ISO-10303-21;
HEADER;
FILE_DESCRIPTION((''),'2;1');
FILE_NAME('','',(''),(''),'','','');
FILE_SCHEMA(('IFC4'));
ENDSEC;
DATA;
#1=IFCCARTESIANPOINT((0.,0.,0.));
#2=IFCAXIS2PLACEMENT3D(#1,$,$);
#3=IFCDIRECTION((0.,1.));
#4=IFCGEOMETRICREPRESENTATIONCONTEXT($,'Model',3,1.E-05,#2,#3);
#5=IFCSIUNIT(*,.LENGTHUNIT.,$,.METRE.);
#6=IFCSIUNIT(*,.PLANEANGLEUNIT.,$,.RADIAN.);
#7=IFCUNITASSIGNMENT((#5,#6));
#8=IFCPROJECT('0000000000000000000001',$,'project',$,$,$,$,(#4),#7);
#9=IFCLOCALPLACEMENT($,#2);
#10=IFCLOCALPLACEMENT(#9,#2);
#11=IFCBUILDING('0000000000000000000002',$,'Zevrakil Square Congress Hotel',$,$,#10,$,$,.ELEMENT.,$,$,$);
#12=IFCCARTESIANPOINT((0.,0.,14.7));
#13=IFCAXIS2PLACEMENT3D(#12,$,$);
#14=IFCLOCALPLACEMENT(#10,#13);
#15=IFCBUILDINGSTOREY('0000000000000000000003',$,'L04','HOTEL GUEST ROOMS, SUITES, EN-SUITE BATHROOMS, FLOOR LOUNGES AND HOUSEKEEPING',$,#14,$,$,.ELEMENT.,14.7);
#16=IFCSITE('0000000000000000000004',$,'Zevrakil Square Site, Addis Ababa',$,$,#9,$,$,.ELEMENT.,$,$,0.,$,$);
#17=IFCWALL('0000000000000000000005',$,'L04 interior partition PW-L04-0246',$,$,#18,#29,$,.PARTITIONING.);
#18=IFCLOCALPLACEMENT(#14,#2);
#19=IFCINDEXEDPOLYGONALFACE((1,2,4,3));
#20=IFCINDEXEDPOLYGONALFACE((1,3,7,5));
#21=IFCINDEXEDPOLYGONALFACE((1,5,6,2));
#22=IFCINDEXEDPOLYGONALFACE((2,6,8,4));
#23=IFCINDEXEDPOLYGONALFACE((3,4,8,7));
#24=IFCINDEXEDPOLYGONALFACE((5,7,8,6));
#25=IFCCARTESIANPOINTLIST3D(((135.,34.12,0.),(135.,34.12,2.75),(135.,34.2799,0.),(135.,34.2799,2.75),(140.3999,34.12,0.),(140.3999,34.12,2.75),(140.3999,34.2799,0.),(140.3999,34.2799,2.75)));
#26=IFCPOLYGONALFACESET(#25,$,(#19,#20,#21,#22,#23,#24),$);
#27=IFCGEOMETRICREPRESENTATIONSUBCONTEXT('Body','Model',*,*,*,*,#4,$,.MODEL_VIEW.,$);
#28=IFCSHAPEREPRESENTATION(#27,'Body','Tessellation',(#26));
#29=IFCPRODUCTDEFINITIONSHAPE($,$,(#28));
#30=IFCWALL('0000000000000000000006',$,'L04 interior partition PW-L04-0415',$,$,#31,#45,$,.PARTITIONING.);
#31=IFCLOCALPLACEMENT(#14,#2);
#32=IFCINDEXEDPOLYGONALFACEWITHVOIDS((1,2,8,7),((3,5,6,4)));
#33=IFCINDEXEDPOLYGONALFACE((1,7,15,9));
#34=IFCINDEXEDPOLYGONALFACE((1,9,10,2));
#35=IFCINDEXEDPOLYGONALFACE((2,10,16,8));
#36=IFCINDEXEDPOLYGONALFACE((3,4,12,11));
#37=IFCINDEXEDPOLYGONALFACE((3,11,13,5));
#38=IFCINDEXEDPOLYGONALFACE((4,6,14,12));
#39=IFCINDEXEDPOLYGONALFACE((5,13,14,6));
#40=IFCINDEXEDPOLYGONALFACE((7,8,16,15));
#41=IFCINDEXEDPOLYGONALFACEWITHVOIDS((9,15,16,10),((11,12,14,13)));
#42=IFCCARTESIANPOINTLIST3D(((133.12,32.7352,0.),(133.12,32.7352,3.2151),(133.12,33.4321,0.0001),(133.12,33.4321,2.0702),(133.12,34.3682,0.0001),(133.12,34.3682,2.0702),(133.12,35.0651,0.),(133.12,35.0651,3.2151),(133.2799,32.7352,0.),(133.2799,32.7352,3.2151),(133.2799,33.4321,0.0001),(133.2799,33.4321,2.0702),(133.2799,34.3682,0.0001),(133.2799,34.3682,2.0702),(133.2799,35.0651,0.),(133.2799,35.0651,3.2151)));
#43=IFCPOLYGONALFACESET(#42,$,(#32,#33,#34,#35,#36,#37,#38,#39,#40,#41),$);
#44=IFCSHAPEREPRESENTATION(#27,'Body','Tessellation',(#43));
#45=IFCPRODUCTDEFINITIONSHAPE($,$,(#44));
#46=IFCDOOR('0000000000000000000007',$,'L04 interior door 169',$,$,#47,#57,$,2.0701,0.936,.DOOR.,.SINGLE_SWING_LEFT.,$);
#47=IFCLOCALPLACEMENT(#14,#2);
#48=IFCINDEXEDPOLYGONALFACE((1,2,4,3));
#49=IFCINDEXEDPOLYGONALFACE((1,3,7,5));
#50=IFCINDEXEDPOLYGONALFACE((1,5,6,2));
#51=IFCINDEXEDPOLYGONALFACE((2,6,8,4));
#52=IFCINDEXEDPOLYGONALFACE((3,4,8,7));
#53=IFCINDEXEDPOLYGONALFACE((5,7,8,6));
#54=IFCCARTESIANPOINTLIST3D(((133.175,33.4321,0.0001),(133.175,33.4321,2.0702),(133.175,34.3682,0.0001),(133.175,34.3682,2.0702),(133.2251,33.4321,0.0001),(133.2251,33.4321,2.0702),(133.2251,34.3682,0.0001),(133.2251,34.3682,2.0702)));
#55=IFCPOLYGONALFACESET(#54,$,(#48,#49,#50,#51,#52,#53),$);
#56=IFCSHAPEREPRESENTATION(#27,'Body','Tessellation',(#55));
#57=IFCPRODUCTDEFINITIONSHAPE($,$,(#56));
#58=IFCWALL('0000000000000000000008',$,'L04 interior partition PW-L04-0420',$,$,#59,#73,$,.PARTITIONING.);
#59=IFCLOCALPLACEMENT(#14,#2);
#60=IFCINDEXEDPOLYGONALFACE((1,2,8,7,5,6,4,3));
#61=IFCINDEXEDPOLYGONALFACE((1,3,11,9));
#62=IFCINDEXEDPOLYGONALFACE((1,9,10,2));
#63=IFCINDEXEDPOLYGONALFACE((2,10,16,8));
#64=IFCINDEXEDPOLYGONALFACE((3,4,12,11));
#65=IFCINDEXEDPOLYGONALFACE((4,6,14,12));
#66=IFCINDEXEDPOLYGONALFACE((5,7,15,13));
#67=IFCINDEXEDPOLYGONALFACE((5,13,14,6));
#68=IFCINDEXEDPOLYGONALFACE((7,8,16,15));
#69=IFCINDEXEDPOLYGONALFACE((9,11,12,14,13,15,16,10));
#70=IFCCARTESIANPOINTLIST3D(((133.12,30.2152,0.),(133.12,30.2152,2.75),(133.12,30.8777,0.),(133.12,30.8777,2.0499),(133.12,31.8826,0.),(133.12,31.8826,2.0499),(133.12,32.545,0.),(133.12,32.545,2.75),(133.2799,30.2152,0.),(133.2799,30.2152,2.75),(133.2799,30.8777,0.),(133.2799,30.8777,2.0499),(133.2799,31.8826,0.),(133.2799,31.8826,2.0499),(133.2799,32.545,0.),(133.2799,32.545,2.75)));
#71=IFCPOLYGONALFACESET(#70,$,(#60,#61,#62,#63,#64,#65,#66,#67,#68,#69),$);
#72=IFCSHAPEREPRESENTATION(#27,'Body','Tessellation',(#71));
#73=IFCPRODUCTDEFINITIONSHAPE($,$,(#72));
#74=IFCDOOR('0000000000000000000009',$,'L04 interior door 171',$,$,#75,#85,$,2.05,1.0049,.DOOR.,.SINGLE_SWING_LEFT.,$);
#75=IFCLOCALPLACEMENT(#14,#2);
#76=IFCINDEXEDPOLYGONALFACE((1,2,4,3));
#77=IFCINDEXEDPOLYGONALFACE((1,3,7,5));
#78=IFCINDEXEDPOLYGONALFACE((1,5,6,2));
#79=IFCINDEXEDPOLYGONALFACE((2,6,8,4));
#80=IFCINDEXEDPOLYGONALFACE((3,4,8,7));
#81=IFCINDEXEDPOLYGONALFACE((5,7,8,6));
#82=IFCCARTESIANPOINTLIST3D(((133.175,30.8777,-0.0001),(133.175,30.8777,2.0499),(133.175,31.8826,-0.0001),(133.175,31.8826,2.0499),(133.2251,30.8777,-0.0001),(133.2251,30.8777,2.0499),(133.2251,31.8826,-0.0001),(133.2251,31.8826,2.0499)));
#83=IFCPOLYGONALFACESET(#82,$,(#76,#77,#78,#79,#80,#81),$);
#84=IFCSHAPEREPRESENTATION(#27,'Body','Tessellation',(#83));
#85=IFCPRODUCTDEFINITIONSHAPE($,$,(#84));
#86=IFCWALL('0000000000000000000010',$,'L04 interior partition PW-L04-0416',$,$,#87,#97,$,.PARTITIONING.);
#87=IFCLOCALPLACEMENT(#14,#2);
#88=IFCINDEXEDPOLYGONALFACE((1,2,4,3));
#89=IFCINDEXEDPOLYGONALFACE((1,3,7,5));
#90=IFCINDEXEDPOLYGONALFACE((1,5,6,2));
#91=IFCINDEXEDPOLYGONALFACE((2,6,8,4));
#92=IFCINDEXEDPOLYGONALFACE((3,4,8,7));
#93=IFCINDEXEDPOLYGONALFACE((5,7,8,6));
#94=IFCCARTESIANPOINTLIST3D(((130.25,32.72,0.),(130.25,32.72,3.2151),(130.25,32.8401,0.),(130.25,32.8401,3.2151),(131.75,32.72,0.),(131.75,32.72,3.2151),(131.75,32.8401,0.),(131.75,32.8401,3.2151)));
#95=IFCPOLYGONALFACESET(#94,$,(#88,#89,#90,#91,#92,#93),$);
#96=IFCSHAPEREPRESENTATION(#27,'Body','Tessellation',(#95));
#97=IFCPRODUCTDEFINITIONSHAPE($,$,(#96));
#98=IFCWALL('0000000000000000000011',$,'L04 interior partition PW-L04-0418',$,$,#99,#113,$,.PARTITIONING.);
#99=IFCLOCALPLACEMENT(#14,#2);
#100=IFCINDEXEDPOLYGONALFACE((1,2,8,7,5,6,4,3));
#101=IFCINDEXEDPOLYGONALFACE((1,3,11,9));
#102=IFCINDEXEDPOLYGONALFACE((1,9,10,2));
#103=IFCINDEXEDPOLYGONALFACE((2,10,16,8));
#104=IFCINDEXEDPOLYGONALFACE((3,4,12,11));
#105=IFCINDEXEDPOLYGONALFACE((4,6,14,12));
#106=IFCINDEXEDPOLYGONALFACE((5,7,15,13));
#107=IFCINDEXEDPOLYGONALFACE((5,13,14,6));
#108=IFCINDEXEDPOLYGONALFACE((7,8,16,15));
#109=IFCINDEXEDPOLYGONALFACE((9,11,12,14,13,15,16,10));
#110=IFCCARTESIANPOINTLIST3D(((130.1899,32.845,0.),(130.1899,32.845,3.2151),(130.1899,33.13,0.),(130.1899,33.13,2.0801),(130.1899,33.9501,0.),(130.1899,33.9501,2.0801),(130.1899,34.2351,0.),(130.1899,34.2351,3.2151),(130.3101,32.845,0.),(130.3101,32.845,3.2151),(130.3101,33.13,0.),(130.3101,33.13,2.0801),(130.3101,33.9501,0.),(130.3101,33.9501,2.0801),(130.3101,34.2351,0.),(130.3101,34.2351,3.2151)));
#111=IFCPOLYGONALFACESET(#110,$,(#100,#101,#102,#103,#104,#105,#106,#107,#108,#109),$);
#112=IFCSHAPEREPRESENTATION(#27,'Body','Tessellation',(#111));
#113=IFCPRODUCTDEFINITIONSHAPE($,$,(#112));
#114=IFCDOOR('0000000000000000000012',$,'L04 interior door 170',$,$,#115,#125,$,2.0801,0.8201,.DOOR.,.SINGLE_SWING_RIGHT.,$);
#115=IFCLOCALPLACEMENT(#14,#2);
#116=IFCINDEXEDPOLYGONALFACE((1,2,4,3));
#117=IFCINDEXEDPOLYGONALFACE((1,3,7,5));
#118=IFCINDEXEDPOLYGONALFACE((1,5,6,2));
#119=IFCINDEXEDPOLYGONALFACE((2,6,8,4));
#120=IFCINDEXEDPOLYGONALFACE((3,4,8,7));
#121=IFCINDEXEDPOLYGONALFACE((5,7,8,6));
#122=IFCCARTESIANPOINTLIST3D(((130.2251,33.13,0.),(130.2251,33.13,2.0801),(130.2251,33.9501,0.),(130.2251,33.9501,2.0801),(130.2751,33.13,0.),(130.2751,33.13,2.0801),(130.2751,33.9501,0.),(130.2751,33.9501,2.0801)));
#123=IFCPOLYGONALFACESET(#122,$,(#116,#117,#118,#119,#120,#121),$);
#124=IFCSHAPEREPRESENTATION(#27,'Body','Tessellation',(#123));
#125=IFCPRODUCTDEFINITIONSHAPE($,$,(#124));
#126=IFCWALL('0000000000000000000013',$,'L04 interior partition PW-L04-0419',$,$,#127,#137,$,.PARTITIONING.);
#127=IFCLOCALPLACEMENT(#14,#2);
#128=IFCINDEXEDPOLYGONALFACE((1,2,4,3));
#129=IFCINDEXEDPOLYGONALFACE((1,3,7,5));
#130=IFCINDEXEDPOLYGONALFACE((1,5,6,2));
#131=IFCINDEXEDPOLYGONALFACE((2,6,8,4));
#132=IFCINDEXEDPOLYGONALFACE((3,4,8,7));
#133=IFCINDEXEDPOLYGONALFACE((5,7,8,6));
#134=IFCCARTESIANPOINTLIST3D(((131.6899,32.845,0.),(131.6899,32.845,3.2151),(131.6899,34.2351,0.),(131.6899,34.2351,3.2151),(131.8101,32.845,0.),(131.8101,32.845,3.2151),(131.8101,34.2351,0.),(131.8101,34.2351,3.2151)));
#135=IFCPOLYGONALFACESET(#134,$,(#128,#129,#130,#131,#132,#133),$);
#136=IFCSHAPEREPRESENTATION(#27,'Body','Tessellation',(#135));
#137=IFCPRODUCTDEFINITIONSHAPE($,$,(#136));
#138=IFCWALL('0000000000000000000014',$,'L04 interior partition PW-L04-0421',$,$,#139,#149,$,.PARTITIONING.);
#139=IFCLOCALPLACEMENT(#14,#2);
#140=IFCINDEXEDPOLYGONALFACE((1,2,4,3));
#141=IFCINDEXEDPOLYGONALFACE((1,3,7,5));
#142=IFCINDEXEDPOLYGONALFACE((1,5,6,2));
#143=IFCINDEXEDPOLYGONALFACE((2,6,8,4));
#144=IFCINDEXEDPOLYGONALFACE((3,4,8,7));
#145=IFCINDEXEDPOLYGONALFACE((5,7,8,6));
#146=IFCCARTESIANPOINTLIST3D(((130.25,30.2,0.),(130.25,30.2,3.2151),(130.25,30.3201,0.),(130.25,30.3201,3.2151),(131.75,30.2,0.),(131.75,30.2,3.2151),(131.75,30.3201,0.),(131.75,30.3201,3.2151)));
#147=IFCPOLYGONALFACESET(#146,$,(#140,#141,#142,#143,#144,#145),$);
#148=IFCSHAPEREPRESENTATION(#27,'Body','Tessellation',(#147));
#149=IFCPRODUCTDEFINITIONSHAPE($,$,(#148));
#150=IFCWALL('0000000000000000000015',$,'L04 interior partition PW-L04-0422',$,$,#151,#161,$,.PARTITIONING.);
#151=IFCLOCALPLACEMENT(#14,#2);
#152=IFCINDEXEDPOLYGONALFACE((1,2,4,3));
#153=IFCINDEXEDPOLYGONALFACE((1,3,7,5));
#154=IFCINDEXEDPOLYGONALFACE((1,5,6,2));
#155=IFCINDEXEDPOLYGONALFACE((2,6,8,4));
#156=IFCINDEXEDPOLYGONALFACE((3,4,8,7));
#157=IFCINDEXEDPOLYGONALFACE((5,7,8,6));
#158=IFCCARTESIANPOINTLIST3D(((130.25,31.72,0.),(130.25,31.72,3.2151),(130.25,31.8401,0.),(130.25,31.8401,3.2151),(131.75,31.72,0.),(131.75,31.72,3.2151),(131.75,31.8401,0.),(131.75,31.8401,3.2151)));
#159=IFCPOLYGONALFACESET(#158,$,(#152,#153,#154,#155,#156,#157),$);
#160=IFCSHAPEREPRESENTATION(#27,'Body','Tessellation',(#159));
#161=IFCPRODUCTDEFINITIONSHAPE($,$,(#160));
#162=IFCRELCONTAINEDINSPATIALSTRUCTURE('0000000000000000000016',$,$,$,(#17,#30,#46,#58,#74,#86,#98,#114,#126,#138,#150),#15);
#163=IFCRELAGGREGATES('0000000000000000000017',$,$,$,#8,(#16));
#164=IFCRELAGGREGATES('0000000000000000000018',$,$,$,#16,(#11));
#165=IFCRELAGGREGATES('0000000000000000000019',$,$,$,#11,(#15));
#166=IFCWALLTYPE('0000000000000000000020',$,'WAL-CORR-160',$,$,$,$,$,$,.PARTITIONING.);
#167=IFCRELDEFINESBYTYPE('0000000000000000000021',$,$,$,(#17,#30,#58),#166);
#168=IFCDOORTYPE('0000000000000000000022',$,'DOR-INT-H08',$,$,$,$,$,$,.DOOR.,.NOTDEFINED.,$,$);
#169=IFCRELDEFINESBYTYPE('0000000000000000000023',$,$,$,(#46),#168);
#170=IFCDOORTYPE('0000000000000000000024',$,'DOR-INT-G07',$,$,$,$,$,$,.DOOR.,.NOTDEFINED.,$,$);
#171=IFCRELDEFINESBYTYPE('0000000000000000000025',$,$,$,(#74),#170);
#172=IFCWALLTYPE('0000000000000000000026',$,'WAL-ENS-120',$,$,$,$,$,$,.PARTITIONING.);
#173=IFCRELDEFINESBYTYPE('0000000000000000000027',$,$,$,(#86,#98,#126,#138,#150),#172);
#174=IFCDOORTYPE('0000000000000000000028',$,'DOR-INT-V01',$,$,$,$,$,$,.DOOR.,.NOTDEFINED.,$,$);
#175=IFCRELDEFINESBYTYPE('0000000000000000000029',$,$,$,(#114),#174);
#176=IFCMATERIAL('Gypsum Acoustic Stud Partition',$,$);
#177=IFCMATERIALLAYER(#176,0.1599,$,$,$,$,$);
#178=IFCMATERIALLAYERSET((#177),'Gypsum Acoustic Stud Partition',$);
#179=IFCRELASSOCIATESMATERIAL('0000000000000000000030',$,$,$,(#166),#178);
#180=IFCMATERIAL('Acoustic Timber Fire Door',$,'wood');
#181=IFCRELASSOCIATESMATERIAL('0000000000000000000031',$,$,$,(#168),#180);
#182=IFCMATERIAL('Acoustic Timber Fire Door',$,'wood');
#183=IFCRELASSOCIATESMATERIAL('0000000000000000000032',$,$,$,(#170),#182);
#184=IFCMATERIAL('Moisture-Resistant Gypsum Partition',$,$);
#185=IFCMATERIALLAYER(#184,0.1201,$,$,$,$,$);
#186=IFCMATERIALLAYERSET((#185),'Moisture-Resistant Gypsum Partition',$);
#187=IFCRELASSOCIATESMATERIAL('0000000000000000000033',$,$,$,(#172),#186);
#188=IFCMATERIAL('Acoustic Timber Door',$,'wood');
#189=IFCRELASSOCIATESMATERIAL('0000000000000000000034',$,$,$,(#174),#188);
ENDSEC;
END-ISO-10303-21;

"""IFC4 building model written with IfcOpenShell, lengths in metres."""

from ifc_helpers import new_model, si_unit, direction, frame, frame_2d, origin, place, context, subcontext, project, spatial, rectangle, extrude, material, layer, layer_set, type_object, element, fill, save


model = new_model("IFC4")

# Units and contexts
model_context = context("Model", 3, precision=1e-05, world=origin(), true_north=direction((0.0, 1.0)))
body_context = subcontext(model_context, "Body", "Model", "MODEL_VIEW")
ifc_project = project(units=[si_unit("LENGTHUNIT", "METRE"), si_unit("PLANEANGLEUNIT", "RADIAN")], contexts=[model_context])

# Site, building, storey
site_placement = place(None, origin())
site = spatial("IfcSite", under=ifc_project, at=site_placement, Name="Zevrakil Square Site, Addis Ababa", CompositionType="ELEMENT", RefElevation=0.0)
building_placement = place(site_placement, origin())
building = spatial("IfcBuilding", under=site, at=building_placement, Name="Zevrakil Square Congress Hotel", CompositionType="ELEMENT")
storey_placement = place(building_placement, frame((0.0, 0.0, 14.7)))
storey = spatial("IfcBuildingStorey", under=building, at=storey_placement, Name="L04", Description="HOTEL GUEST ROOMS, SUITES, EN-SUITE BATHROOMS, FLOOR LOUNGES AND HOUSEKEEPING", CompositionType="ELEMENT", Elevation=14.7)

# Wall
ifc_material_1 = material(Name="Gypsum Acoustic Stud Partition")
ifc_layer_1 = layer(ifc_material_1, 0.1599)
ifc_layer_set_1 = layer_set([ifc_layer_1], Name="Gypsum Acoustic Stud Partition")
wall_type_1 = type_object("IfcWallType", Name="WAL-CORR-160", PredefinedType="PARTITIONING", material=ifc_layer_set_1)
wall_1_placement = place(storey_placement, frame((135.0, 34.2, 0.0), z_axis=(0.0, 0.0, 1.0), x_axis=(1.0, 0.0, 0.0)))
element("IfcWall", 1, at=wall_1_placement, inside=storey, type_object=wall_type_1, Name="L04 interior partition PW-L04-0246", PredefinedType="PARTITIONING", context=body_context, shape_type="SweptSolid", body=[
    extrude(rectangle(XDim=5.3999, YDim=0.1599, at=frame_2d((2.7, 0.0))), origin(), (0.0, 0.0, 1.0), 2.75),
])

# Walls, openings, doors
wall_2_placement = place(storey_placement, frame((133.2, 32.7351, 0.0), z_axis=(0.0, 0.0, 1.0), x_axis=(0.0, 1.0, 0.0)))
wall_2 = element("IfcWall", 2, at=wall_2_placement, inside=storey, type_object=wall_type_1, Name="L04 interior partition PW-L04-0415", PredefinedType="PARTITIONING", context=body_context, shape_type="SweptSolid", body=[
    extrude(rectangle(XDim=2.3298, YDim=0.1599, at=frame_2d((1.165, 0.0))), origin(), (0.0, 0.0, 1.0), 3.2151),
])
opening_1_placement = place(wall_2_placement, frame((0.697, 0.0, 0.0)))
opening_1 = element("IfcOpeningElement", 3, at=opening_1_placement, cuts=wall_2, PredefinedType="OPENING", context=body_context, shape_type="SweptSolid", body=[
    extrude(rectangle(XDim=0.936, YDim=2.0701, at=frame_2d((0.468, 1.0352))), frame((0.0, 0.0898, 0.0), z_axis=(0.0, -1.0, 0.0), x_axis=(1.0, 0.0, 0.0)), (0.0, 0.0, 1.0), 0.1799),
])
ifc_material_2 = material(Name="Acoustic Timber Fire Door", Category="wood")
door_type_1 = type_object("IfcDoorType", Name="DOR-INT-H08", OperationType="NOTDEFINED", PredefinedType="DOOR", material=ifc_material_2)
door_1_placement = place(opening_1_placement, origin())
door_1 = element("IfcDoor", 4, at=door_1_placement, inside=storey, type_object=door_type_1, Name="L04 interior door 169", OperationType="SINGLE_SWING_LEFT", OverallHeight=2.0701, OverallWidth=0.936, PredefinedType="DOOR", context=body_context, shape_type="SweptSolid", body=[
    extrude(rectangle(XDim=0.936, YDim=2.0701, at=frame_2d((0.468, 1.0352))), frame((0.0, 0.0249, 0.0), z_axis=(0.0, -1.0, 0.0), x_axis=(1.0, 0.0, 0.0)), (0.0, 0.0, 1.0), 0.05),
])
fill(opening_1, door_1)
wall_3_placement = place(storey_placement, frame((133.2, 30.2151, 0.0), z_axis=(0.0, 0.0, 1.0), x_axis=(0.0, 1.0, 0.0)))
wall_3 = element("IfcWall", 5, at=wall_3_placement, inside=storey, type_object=wall_type_1, Name="L04 interior partition PW-L04-0420", PredefinedType="PARTITIONING", context=body_context, shape_type="SweptSolid", body=[
    extrude(rectangle(XDim=2.3298, YDim=0.1599, at=frame_2d((1.165, 0.0))), origin(), (0.0, 0.0, 1.0), 2.75),
])
opening_2_placement = place(wall_3_placement, frame((0.6626, 0.0, 0.0)))
opening_2 = element("IfcOpeningElement", 6, at=opening_2_placement, cuts=wall_3, PredefinedType="OPENING", context=body_context, shape_type="SweptSolid", body=[
    extrude(rectangle(XDim=1.0049, YDim=2.05, at=frame_2d((0.5024, 1.0249))), frame((0.0, 0.0898, 0.0), z_axis=(0.0, -1.0, 0.0), x_axis=(1.0, 0.0, 0.0)), (0.0, 0.0, 1.0), 0.1799),
])
ifc_material_3 = material(Name="Acoustic Timber Fire Door", Category="wood")
door_type_2 = type_object("IfcDoorType", Name="DOR-INT-G07", OperationType="NOTDEFINED", PredefinedType="DOOR", material=ifc_material_3)
door_2_placement = place(opening_2_placement, origin())
door_2 = element("IfcDoor", 7, at=door_2_placement, inside=storey, type_object=door_type_2, Name="L04 interior door 171", OperationType="SINGLE_SWING_LEFT", OverallHeight=2.05, OverallWidth=1.0049, PredefinedType="DOOR", context=body_context, shape_type="SweptSolid", body=[
    extrude(rectangle(XDim=1.0049, YDim=2.05, at=frame_2d((0.5024, 1.0249))), frame((0.0, 0.0249, 0.0), z_axis=(0.0, -1.0, 0.0), x_axis=(1.0, 0.0, 0.0)), (0.0, 0.0, 1.0), 0.05),
])
fill(opening_2, door_2)

# Wall
ifc_material_4 = material(Name="Moisture-Resistant Gypsum Partition")
ifc_layer_2 = layer(ifc_material_4, 0.1201)
ifc_layer_set_2 = layer_set([ifc_layer_2], Name="Moisture-Resistant Gypsum Partition")
wall_type_2 = type_object("IfcWallType", Name="WAL-ENS-120", PredefinedType="PARTITIONING", material=ifc_layer_set_2)
wall_4_placement = place(storey_placement, frame((130.25, 32.78, 0.0), z_axis=(0.0, 0.0, 1.0), x_axis=(1.0, 0.0, 0.0)))
element("IfcWall", 8, at=wall_4_placement, inside=storey, type_object=wall_type_2, Name="L04 interior partition PW-L04-0416", PredefinedType="PARTITIONING", context=body_context, shape_type="SweptSolid", body=[
    extrude(rectangle(XDim=1.5, YDim=0.1201, at=frame_2d((0.75, 0.0))), origin(), (0.0, 0.0, 1.0), 3.2151),
])

# Wall, opening, door
wall_5_placement = place(storey_placement, frame((130.25, 32.845, 0.0), z_axis=(0.0, 0.0, 1.0), x_axis=(0.0, 1.0, 0.0)))
wall_5 = element("IfcWall", 9, at=wall_5_placement, inside=storey, type_object=wall_type_2, Name="L04 interior partition PW-L04-0418", PredefinedType="PARTITIONING", context=body_context, shape_type="SweptSolid", body=[
    extrude(rectangle(XDim=1.3901, YDim=0.1201, at=frame_2d((0.6951, 0.0))), origin(), (0.0, 0.0, 1.0), 3.2151),
])
opening_3_placement = place(wall_5_placement, frame((0.2849, 0.0, 0.0)))
opening_3 = element("IfcOpeningElement", 10, at=opening_3_placement, cuts=wall_5, PredefinedType="OPENING", context=body_context, shape_type="SweptSolid", body=[
    extrude(rectangle(XDim=0.8201, YDim=2.0801, at=frame_2d((0.4102, 1.04))), frame((0.0, 0.0701, 0.0), z_axis=(0.0, -1.0, 0.0), x_axis=(1.0, 0.0, 0.0)), (0.0, 0.0, 1.0), 0.1401),
])
ifc_material_5 = material(Name="Acoustic Timber Door", Category="wood")
door_type_3 = type_object("IfcDoorType", Name="DOR-INT-V01", OperationType="NOTDEFINED", PredefinedType="DOOR", material=ifc_material_5)
door_3_placement = place(opening_3_placement, origin())
door_3 = element("IfcDoor", 11, at=door_3_placement, inside=storey, type_object=door_type_3, Name="L04 interior door 170", OperationType="SINGLE_SWING_RIGHT", OverallHeight=2.0801, OverallWidth=0.8201, PredefinedType="DOOR", context=body_context, shape_type="SweptSolid", body=[
    extrude(rectangle(XDim=0.8201, YDim=2.0801, at=frame_2d((0.4102, 1.04))), frame((0.0, 0.0249, 0.0), z_axis=(0.0, -1.0, 0.0), x_axis=(1.0, 0.0, 0.0)), (0.0, 0.0, 1.0), 0.05),
])
fill(opening_3, door_3)

# Walls
wall_6_placement = place(storey_placement, frame((131.75, 32.845, 0.0), z_axis=(0.0, 0.0, 1.0), x_axis=(0.0, 1.0, 0.0)))
element("IfcWall", 12, at=wall_6_placement, inside=storey, type_object=wall_type_2, Name="L04 interior partition PW-L04-0419", PredefinedType="PARTITIONING", context=body_context, shape_type="SweptSolid", body=[
    extrude(rectangle(XDim=1.3901, YDim=0.1201, at=frame_2d((0.6951, 0.0))), origin(), (0.0, 0.0, 1.0), 3.2151),
])
for number, where, z_axis, x_axis, name in (
    (13, (130.25, 30.26, 0.0), (0.0, 0.0, 1.0), (1.0, 0.0, 0.0), "L04 interior partition PW-L04-0421"),
    (14, (130.25, 31.78, 0.0), (0.0, 0.0, 1.0), (1.0, 0.0, 0.0), "L04 interior partition PW-L04-0422"),
):
    element("IfcWall", number, at=place(storey_placement, frame(where, z_axis=z_axis, x_axis=x_axis)), inside=storey, type_object=wall_type_2, Name=name, PredefinedType="PARTITIONING", context=body_context, shape_type="SweptSolid", body=[
        extrude(rectangle(XDim=1.5, YDim=0.1201, at=frame_2d((0.75, 0.0))), origin(), (0.0, 0.0, 1.0), 3.2151),
    ])

save(model, "model.ifc")
